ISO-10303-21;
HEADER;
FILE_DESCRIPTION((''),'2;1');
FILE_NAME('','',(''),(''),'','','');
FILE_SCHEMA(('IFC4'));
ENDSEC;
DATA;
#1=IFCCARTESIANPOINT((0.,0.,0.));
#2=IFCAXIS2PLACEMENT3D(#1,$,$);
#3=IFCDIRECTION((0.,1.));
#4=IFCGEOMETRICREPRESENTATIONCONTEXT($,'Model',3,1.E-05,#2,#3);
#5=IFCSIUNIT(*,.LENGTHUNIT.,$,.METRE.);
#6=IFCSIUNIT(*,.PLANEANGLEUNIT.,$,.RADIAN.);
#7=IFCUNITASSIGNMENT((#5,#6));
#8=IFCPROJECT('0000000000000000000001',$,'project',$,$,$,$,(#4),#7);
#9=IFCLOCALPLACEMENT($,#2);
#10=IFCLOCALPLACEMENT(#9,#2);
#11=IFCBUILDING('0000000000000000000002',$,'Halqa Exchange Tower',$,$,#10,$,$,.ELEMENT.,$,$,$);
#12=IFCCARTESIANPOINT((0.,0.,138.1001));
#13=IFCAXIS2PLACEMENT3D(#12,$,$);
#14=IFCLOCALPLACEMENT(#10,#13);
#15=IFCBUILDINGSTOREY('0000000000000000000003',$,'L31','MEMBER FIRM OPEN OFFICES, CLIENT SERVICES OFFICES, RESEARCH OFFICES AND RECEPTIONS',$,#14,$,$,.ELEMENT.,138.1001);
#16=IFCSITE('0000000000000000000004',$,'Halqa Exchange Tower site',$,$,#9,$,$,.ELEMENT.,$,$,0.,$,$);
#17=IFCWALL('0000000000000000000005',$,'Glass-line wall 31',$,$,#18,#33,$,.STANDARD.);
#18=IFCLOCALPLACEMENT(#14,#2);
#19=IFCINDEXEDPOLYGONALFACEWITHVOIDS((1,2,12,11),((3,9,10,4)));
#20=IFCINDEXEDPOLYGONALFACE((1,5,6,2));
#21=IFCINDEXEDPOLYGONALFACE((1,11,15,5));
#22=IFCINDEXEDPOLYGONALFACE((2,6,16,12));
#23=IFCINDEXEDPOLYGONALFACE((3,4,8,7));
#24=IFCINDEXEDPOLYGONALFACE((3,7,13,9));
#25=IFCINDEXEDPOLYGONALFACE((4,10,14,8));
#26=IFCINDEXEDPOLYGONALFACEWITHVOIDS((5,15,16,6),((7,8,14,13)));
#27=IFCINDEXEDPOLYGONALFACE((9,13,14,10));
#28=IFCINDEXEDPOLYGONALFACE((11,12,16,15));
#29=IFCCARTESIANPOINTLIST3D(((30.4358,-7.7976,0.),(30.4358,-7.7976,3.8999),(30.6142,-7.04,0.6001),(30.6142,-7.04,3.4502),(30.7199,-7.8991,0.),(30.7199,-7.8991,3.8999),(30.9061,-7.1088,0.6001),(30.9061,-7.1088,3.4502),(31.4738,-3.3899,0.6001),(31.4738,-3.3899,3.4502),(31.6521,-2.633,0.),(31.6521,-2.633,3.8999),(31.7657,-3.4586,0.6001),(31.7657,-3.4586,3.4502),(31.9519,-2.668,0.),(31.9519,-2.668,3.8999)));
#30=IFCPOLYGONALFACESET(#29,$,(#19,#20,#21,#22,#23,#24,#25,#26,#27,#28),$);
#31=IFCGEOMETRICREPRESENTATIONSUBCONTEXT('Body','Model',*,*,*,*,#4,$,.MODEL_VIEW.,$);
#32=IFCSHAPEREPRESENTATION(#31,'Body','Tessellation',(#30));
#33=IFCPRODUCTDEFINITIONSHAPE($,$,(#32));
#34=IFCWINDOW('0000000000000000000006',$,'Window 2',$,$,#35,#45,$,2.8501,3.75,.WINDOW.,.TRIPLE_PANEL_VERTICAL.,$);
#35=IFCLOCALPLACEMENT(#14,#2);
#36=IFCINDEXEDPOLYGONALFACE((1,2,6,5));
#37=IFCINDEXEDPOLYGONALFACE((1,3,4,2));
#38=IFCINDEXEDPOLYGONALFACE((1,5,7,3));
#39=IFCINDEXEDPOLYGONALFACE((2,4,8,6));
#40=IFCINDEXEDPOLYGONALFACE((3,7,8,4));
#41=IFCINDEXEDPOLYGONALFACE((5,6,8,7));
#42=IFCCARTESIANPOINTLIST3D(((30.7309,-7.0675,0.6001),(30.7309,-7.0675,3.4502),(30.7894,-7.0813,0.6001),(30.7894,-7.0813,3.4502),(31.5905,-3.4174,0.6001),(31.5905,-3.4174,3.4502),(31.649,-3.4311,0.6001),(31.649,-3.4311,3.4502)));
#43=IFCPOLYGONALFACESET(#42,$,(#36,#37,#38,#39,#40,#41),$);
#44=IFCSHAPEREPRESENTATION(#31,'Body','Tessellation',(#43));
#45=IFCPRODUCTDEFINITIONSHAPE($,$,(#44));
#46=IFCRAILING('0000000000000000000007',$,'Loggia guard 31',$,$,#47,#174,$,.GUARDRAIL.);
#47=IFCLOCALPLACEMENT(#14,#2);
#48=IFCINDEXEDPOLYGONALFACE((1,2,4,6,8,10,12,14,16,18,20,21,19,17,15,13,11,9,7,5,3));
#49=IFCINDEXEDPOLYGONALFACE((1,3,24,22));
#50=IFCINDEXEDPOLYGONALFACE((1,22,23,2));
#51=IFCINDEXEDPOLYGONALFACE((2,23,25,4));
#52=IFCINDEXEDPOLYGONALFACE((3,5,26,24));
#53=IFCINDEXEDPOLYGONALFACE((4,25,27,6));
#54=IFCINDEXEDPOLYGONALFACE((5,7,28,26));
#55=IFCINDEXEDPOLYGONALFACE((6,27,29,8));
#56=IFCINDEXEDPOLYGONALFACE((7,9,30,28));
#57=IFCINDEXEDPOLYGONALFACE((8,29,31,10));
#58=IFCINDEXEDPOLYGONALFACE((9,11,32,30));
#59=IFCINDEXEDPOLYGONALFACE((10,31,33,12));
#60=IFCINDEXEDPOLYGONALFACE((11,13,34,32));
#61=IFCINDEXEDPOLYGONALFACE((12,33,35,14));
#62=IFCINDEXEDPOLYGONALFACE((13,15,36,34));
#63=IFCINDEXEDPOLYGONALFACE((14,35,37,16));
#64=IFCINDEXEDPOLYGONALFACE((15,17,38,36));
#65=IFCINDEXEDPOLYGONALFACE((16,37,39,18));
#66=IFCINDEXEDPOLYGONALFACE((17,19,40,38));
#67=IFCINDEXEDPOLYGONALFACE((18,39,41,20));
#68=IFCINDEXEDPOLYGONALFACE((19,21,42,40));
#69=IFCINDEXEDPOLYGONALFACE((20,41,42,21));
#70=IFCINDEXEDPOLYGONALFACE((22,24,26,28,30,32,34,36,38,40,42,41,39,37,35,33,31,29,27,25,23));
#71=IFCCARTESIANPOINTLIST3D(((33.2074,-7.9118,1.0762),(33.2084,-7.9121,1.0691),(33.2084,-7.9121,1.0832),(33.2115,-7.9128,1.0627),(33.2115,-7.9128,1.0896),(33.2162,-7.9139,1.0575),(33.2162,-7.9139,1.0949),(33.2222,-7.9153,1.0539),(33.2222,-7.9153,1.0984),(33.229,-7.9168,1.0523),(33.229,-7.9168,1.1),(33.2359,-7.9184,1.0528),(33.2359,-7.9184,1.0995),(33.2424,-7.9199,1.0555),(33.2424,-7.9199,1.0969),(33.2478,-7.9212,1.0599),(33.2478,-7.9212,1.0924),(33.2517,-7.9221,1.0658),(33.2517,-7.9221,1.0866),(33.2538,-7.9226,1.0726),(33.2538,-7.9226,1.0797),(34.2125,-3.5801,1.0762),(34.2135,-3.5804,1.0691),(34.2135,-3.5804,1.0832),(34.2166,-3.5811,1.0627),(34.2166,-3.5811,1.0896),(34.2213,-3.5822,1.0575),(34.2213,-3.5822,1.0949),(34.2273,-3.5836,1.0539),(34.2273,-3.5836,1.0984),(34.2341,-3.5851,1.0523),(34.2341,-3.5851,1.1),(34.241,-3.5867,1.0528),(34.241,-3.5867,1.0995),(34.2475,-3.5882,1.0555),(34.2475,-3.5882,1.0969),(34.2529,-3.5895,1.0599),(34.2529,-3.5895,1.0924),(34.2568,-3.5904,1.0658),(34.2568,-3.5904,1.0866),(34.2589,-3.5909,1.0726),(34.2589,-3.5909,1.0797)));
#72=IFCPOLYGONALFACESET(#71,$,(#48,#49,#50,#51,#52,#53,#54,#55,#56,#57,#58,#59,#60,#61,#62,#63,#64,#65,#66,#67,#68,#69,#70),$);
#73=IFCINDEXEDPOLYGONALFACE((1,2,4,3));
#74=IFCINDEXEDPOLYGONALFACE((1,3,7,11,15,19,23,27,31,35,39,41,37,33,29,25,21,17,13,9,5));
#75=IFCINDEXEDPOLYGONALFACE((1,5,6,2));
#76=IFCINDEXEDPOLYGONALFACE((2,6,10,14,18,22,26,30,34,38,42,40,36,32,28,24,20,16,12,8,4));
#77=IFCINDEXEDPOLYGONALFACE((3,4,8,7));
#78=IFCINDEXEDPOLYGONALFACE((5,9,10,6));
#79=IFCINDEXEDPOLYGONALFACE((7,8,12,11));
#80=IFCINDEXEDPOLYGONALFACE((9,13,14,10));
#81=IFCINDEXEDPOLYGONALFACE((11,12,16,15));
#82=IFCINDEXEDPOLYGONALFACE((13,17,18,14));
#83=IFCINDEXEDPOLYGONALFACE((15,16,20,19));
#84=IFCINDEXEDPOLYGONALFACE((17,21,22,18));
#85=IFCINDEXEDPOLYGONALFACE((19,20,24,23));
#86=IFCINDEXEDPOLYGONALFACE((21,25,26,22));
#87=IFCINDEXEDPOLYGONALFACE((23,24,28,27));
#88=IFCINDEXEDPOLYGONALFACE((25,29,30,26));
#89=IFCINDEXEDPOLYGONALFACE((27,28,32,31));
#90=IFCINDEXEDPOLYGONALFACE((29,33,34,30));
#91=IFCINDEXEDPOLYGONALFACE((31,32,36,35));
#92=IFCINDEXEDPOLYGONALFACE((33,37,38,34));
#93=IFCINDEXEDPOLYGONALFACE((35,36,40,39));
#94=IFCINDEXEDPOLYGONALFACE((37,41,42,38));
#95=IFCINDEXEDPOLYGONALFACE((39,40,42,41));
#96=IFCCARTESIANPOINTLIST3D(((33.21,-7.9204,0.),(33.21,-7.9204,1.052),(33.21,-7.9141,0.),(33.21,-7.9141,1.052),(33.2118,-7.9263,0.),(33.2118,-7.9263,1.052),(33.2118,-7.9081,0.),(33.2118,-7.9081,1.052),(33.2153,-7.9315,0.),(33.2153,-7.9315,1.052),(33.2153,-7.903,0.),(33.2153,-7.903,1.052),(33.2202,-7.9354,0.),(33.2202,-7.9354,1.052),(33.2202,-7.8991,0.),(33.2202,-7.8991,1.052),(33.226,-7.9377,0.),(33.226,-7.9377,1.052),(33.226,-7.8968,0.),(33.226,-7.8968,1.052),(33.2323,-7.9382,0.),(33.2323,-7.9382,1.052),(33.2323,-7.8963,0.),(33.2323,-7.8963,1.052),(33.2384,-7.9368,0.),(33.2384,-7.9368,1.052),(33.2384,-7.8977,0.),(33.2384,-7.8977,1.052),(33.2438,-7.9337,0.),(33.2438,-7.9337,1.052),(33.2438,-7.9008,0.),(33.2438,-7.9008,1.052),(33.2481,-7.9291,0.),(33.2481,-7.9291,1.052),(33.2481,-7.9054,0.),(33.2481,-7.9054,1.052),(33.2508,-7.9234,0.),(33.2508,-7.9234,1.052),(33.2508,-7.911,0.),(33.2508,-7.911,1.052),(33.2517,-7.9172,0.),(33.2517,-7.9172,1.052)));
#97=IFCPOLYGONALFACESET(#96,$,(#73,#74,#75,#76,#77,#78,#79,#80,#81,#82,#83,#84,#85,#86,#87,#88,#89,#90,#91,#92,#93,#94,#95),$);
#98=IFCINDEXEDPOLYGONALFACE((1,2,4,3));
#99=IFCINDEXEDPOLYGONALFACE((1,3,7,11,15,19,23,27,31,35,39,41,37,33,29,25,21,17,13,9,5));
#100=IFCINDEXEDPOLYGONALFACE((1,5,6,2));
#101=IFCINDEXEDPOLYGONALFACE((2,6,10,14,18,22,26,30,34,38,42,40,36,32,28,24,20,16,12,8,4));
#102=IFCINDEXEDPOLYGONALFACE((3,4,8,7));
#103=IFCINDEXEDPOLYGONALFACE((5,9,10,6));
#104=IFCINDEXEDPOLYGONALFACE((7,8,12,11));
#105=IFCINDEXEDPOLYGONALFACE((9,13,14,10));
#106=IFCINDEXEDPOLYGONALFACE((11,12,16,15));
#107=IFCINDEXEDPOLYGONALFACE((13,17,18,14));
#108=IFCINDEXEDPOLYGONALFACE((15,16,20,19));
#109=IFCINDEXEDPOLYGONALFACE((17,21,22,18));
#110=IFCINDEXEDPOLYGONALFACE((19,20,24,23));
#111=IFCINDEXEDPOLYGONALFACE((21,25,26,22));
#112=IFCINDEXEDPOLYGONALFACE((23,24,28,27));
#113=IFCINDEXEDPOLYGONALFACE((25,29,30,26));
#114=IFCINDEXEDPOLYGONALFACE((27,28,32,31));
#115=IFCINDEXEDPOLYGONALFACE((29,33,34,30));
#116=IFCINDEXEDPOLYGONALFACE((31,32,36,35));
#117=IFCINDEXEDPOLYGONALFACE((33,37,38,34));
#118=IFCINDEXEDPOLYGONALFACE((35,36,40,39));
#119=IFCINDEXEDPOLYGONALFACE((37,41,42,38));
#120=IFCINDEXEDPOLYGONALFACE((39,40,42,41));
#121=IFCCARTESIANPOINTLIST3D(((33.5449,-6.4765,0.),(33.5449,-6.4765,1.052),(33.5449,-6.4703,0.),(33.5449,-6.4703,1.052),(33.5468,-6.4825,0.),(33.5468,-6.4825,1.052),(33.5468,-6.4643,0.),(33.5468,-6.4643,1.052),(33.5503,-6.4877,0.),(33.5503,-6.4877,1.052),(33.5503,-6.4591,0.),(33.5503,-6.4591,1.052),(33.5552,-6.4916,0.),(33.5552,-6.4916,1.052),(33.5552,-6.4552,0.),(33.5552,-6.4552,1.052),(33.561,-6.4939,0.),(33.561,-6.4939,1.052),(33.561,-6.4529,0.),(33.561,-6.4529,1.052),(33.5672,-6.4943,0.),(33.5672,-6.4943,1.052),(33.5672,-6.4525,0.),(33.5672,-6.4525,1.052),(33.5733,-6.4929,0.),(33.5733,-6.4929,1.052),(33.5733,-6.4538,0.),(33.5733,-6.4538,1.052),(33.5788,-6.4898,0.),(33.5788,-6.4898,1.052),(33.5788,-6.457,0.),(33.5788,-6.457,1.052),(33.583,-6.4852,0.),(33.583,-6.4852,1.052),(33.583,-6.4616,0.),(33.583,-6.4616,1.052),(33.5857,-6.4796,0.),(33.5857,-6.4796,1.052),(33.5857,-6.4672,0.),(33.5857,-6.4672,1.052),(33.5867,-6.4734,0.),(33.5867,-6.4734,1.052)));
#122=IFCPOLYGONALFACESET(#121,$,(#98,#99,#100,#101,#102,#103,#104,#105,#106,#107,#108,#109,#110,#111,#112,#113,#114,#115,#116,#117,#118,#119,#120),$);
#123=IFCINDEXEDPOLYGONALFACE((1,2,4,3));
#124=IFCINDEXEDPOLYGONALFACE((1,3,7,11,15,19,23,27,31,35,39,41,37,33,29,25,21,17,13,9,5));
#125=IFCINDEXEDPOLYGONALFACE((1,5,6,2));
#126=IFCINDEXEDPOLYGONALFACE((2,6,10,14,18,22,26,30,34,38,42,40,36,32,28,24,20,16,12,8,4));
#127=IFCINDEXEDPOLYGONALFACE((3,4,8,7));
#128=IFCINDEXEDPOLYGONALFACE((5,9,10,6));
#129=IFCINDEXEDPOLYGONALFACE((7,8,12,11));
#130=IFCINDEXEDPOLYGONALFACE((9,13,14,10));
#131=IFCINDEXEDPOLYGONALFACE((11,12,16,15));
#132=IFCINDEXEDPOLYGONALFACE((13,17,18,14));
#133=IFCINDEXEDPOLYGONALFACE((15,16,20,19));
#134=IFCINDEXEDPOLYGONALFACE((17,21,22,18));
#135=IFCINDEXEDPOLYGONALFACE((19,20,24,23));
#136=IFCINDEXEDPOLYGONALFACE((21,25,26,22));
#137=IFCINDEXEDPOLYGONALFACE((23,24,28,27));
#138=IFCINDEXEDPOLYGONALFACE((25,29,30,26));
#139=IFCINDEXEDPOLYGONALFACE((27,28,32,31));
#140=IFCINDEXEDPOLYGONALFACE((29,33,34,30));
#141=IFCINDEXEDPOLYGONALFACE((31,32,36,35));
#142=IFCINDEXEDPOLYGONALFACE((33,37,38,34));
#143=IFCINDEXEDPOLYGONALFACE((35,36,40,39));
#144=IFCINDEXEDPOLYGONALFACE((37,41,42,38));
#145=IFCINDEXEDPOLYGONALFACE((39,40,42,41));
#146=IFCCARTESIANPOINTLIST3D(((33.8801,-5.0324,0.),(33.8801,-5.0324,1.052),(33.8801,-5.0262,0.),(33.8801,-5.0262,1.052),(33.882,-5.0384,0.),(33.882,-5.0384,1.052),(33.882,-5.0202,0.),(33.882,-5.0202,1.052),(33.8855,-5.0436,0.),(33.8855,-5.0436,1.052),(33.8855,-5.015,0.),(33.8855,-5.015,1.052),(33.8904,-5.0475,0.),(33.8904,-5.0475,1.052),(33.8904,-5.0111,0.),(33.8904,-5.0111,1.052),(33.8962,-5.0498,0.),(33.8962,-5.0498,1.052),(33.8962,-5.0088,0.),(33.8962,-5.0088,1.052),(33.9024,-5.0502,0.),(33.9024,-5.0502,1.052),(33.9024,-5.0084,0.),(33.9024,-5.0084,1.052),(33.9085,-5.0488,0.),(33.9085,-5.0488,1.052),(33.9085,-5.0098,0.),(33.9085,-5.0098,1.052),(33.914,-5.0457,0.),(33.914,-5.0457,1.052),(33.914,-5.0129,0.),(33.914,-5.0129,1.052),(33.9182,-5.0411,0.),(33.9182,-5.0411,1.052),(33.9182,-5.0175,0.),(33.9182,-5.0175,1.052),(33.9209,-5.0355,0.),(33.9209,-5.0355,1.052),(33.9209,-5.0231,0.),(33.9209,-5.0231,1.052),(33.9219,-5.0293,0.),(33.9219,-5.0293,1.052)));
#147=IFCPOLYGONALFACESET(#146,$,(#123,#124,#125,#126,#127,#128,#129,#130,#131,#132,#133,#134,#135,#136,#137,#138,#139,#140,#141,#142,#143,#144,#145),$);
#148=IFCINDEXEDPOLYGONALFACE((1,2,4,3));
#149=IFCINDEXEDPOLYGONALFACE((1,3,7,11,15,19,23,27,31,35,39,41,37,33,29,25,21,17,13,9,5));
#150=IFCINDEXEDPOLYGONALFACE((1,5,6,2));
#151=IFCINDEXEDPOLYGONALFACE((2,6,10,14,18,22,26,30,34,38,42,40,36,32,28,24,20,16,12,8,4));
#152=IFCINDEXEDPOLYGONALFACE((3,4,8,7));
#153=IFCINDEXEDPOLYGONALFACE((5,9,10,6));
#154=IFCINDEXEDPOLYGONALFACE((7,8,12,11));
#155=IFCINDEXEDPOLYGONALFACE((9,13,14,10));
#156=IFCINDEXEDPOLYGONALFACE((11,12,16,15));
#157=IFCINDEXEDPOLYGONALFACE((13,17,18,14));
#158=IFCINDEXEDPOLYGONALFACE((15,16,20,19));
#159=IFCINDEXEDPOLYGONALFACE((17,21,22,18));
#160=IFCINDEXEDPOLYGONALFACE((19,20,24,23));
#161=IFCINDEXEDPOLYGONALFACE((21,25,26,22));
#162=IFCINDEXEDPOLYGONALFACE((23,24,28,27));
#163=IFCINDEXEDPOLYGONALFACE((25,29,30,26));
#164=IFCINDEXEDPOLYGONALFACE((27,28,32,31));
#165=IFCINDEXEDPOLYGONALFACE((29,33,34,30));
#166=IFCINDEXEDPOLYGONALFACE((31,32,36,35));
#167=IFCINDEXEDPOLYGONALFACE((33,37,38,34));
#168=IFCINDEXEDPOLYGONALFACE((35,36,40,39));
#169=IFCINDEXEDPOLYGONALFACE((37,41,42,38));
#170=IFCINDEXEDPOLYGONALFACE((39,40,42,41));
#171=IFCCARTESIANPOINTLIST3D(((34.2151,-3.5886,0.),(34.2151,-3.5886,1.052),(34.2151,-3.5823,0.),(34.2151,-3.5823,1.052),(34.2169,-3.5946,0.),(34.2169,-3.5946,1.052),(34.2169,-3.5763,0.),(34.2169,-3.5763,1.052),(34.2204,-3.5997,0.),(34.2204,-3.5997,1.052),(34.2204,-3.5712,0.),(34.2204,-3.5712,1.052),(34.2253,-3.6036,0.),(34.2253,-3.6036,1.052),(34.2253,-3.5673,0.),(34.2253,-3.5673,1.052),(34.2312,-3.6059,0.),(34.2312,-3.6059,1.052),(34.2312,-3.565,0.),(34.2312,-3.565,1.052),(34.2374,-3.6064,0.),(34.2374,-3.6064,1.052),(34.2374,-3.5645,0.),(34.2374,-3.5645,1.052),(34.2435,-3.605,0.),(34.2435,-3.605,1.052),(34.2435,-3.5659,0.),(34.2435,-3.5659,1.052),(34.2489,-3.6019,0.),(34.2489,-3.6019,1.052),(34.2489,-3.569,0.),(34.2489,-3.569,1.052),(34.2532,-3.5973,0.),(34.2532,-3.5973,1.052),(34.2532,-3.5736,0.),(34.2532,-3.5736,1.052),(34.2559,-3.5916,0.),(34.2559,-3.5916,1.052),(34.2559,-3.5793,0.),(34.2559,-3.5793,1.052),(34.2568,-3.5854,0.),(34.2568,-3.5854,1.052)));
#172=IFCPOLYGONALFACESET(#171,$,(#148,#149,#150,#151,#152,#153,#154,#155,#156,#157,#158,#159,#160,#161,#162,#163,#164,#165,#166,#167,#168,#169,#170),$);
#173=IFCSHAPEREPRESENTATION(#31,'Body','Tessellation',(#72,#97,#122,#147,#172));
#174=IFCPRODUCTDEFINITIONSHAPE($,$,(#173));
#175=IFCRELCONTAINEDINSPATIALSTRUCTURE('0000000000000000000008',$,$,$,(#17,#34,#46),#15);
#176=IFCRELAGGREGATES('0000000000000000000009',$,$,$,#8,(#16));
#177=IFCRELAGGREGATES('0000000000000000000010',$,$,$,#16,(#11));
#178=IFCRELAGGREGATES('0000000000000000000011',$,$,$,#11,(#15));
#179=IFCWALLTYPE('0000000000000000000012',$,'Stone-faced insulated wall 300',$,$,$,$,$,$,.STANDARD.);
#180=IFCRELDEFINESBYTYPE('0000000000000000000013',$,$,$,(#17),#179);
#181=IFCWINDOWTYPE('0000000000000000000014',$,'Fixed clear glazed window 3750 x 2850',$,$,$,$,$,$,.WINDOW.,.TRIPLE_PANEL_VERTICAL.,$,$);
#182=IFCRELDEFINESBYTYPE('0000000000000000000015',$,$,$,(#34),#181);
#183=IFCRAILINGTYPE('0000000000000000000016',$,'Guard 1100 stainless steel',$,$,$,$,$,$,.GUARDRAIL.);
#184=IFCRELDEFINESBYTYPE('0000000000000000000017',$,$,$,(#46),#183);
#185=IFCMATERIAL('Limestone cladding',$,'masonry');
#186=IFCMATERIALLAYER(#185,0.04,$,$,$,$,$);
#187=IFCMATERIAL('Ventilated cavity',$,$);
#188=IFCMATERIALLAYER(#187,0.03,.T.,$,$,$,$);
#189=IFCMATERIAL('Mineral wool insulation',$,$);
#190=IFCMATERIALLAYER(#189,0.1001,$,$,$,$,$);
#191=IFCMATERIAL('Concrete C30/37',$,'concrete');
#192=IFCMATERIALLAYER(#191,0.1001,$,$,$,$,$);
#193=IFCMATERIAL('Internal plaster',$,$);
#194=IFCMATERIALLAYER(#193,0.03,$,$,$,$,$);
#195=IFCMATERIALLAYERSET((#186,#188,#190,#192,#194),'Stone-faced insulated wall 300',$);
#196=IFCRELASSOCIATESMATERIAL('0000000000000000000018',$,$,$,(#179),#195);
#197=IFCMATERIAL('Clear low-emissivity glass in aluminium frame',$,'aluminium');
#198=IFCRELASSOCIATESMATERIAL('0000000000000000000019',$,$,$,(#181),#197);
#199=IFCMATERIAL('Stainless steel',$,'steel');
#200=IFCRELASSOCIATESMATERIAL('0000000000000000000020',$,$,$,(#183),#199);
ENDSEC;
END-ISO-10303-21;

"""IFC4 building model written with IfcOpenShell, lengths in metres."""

from ifc_helpers import new_model, si_unit, direction, frame, frame_2d, origin, origin_2d, place, context, subcontext, project, spatial, polyline, rectangle, circle, outline, extrude, material, layer, layer_set, type_object, element, fill, save


model = new_model("IFC4")

# Units and contexts
model_context = context("Model", 3, precision=1e-05, world=origin(), true_north=direction((0.0, 1.0)))
body_context = subcontext(model_context, "Body", "Model", "MODEL_VIEW")
ifc_project = project(units=[si_unit("LENGTHUNIT", "METRE"), si_unit("PLANEANGLEUNIT", "RADIAN")], contexts=[model_context])

# Site, building, storey
site_placement = place(None, origin())
site = spatial("IfcSite", under=ifc_project, at=site_placement, Name="Halqa Exchange Tower site", CompositionType="ELEMENT", RefElevation=0.0)
building_placement = place(site_placement, origin())
building = spatial("IfcBuilding", under=site, at=building_placement, Name="Halqa Exchange Tower", CompositionType="ELEMENT")
storey_placement = place(building_placement, frame((0.0, 0.0, 138.1001)))
storey = spatial("IfcBuildingStorey", under=building, at=storey_placement, Name="L31", Description="MEMBER FIRM OPEN OFFICES, CLIENT SERVICES OFFICES, RESEARCH OFFICES AND RECEPTIONS", CompositionType="ELEMENT", Elevation=138.1001)

# Wall, opening, window
ifc_material_1 = material(Name="Limestone cladding", Category="masonry")
ifc_layer_1 = layer(ifc_material_1, 0.04)
ifc_material_2 = material(Name="Ventilated cavity")
ifc_layer_2 = layer(ifc_material_2, 0.03, ventilated=True)
ifc_material_3 = material(Name="Mineral wool insulation")
ifc_layer_3 = layer(ifc_material_3, 0.1001)
ifc_material_4 = material(Name="Concrete C30/37", Category="concrete")
ifc_layer_4 = layer(ifc_material_4, 0.1001)
ifc_material_5 = material(Name="Internal plaster")
ifc_layer_5 = layer(ifc_material_5, 0.03)
ifc_layer_set_1 = layer_set([ifc_layer_1, ifc_layer_2, ifc_layer_3, ifc_layer_4, ifc_layer_5], Name="Stone-faced insulated wall 300")
wall_type_1 = type_object("IfcWallType", Name="Stone-faced insulated wall 300", PredefinedType="STANDARD", material=ifc_layer_set_1)
ifc_material_6 = material(Name="Clear low-emissivity glass in aluminium frame", Category="aluminium")
window_type = type_object("IfcWindowType", Name="Fixed clear glazed window 3750 x 2850", PartitioningType="TRIPLE_PANEL_VERTICAL", PredefinedType="WINDOW", material=ifc_material_6)
wall_1_placement = place(storey_placement, frame((30.5779, -7.8484, 0.0), z_axis=(0.0, 0.0, 1.0), x_axis=(0.229228, 0.973373, 0.0)))
wall_1 = element("IfcWall", 1, at=wall_1_placement, inside=storey, type_object=wall_type_1, Name="Glass-line wall 31", PredefinedType="STANDARD", context=body_context, shape_type="SweptSolid", body=[
    extrude(outline(polyline([(-0.0168, -0.1499), (5.3574, -0.1499), (5.3228, 0.1499), (0.0168, 0.1499), (-0.0168, -0.1499)])), origin(), (0.0, 0.0, 1.0), 3.8999),
])
opening_1_placement = place(wall_1_placement, frame((0.7952, 0.0, 0.6001)))
opening_1 = element("IfcOpeningElement", 2, at=opening_1_placement, cuts=wall_1, PredefinedType="OPENING", context=body_context, shape_type="SweptSolid", body=[
    extrude(rectangle(XDim=3.75, YDim=2.8501, at=frame_2d((1.875, 1.425))), frame((0.0, 0.1621, 0.0), z_axis=(0.0, -1.0, 0.0), x_axis=(1.0, 0.0, 0.0)), (0.0, 0.0, 1.0), 0.324),
])
window_1_placement = place(opening_1_placement, origin())
window_1 = element("IfcWindow", 3, at=window_1_placement, inside=storey, type_object=window_type, Name="Window 2", OverallHeight=2.8501, OverallWidth=3.75, PartitioningType="TRIPLE_PANEL_VERTICAL", PredefinedType="WINDOW", context=body_context, shape_type="SweptSolid", body=[
    extrude(rectangle(XDim=3.75, YDim=2.8501, at=frame_2d((1.875, 1.425))), frame((0.0, 0.03, 0.0), z_axis=(0.0, -1.0, 0.0), x_axis=(1.0, 0.0, 0.0)), (0.0, 0.0, 1.0), 0.0601),
])
fill(opening_1, window_1)

# Railing
ifc_material_7 = material(Name="Stainless steel", Category="steel")
railing_type = type_object("IfcRailingType", Name="Guard 1100 stainless steel", PredefinedType="GUARDRAIL", material=ifc_material_7)
railing_1_placement = place(storey_placement, frame((33.2307, -7.9172, 0.0)))
element("IfcRailing", 4, at=railing_1_placement, inside=storey, type_object=railing_type, Name="Loggia guard 31", PredefinedType="GUARDRAIL", context=body_context, shape_type="SweptSolid", body=[
    extrude(circle(Radius=0.0239, at=origin_2d()), frame((0.0, 0.0, 1.0762), z_axis=(0.22603, 0.97412, 0.0), x_axis=(-0.97412, 0.22603, 0.0)), (0.0, 0.0, 1.0), 4.4468),
    extrude(circle(Radius=0.021, at=origin_2d()), origin(), (0.0, 0.0, 1.0), 1.052),
    extrude(circle(Radius=0.021, at=origin_2d()), frame((0.335, 1.4438, 0.0)), (0.0, 0.0, 1.0), 1.052),
    extrude(circle(Radius=0.021, at=origin_2d()), frame((0.6702, 2.8879, 0.0)), (0.0, 0.0, 1.0), 1.052),
    extrude(circle(Radius=0.021, at=origin_2d()), frame((1.0051, 4.3318, 0.0)), (0.0, 0.0, 1.0), 1.052),
])

save(model, "model.ifc")
